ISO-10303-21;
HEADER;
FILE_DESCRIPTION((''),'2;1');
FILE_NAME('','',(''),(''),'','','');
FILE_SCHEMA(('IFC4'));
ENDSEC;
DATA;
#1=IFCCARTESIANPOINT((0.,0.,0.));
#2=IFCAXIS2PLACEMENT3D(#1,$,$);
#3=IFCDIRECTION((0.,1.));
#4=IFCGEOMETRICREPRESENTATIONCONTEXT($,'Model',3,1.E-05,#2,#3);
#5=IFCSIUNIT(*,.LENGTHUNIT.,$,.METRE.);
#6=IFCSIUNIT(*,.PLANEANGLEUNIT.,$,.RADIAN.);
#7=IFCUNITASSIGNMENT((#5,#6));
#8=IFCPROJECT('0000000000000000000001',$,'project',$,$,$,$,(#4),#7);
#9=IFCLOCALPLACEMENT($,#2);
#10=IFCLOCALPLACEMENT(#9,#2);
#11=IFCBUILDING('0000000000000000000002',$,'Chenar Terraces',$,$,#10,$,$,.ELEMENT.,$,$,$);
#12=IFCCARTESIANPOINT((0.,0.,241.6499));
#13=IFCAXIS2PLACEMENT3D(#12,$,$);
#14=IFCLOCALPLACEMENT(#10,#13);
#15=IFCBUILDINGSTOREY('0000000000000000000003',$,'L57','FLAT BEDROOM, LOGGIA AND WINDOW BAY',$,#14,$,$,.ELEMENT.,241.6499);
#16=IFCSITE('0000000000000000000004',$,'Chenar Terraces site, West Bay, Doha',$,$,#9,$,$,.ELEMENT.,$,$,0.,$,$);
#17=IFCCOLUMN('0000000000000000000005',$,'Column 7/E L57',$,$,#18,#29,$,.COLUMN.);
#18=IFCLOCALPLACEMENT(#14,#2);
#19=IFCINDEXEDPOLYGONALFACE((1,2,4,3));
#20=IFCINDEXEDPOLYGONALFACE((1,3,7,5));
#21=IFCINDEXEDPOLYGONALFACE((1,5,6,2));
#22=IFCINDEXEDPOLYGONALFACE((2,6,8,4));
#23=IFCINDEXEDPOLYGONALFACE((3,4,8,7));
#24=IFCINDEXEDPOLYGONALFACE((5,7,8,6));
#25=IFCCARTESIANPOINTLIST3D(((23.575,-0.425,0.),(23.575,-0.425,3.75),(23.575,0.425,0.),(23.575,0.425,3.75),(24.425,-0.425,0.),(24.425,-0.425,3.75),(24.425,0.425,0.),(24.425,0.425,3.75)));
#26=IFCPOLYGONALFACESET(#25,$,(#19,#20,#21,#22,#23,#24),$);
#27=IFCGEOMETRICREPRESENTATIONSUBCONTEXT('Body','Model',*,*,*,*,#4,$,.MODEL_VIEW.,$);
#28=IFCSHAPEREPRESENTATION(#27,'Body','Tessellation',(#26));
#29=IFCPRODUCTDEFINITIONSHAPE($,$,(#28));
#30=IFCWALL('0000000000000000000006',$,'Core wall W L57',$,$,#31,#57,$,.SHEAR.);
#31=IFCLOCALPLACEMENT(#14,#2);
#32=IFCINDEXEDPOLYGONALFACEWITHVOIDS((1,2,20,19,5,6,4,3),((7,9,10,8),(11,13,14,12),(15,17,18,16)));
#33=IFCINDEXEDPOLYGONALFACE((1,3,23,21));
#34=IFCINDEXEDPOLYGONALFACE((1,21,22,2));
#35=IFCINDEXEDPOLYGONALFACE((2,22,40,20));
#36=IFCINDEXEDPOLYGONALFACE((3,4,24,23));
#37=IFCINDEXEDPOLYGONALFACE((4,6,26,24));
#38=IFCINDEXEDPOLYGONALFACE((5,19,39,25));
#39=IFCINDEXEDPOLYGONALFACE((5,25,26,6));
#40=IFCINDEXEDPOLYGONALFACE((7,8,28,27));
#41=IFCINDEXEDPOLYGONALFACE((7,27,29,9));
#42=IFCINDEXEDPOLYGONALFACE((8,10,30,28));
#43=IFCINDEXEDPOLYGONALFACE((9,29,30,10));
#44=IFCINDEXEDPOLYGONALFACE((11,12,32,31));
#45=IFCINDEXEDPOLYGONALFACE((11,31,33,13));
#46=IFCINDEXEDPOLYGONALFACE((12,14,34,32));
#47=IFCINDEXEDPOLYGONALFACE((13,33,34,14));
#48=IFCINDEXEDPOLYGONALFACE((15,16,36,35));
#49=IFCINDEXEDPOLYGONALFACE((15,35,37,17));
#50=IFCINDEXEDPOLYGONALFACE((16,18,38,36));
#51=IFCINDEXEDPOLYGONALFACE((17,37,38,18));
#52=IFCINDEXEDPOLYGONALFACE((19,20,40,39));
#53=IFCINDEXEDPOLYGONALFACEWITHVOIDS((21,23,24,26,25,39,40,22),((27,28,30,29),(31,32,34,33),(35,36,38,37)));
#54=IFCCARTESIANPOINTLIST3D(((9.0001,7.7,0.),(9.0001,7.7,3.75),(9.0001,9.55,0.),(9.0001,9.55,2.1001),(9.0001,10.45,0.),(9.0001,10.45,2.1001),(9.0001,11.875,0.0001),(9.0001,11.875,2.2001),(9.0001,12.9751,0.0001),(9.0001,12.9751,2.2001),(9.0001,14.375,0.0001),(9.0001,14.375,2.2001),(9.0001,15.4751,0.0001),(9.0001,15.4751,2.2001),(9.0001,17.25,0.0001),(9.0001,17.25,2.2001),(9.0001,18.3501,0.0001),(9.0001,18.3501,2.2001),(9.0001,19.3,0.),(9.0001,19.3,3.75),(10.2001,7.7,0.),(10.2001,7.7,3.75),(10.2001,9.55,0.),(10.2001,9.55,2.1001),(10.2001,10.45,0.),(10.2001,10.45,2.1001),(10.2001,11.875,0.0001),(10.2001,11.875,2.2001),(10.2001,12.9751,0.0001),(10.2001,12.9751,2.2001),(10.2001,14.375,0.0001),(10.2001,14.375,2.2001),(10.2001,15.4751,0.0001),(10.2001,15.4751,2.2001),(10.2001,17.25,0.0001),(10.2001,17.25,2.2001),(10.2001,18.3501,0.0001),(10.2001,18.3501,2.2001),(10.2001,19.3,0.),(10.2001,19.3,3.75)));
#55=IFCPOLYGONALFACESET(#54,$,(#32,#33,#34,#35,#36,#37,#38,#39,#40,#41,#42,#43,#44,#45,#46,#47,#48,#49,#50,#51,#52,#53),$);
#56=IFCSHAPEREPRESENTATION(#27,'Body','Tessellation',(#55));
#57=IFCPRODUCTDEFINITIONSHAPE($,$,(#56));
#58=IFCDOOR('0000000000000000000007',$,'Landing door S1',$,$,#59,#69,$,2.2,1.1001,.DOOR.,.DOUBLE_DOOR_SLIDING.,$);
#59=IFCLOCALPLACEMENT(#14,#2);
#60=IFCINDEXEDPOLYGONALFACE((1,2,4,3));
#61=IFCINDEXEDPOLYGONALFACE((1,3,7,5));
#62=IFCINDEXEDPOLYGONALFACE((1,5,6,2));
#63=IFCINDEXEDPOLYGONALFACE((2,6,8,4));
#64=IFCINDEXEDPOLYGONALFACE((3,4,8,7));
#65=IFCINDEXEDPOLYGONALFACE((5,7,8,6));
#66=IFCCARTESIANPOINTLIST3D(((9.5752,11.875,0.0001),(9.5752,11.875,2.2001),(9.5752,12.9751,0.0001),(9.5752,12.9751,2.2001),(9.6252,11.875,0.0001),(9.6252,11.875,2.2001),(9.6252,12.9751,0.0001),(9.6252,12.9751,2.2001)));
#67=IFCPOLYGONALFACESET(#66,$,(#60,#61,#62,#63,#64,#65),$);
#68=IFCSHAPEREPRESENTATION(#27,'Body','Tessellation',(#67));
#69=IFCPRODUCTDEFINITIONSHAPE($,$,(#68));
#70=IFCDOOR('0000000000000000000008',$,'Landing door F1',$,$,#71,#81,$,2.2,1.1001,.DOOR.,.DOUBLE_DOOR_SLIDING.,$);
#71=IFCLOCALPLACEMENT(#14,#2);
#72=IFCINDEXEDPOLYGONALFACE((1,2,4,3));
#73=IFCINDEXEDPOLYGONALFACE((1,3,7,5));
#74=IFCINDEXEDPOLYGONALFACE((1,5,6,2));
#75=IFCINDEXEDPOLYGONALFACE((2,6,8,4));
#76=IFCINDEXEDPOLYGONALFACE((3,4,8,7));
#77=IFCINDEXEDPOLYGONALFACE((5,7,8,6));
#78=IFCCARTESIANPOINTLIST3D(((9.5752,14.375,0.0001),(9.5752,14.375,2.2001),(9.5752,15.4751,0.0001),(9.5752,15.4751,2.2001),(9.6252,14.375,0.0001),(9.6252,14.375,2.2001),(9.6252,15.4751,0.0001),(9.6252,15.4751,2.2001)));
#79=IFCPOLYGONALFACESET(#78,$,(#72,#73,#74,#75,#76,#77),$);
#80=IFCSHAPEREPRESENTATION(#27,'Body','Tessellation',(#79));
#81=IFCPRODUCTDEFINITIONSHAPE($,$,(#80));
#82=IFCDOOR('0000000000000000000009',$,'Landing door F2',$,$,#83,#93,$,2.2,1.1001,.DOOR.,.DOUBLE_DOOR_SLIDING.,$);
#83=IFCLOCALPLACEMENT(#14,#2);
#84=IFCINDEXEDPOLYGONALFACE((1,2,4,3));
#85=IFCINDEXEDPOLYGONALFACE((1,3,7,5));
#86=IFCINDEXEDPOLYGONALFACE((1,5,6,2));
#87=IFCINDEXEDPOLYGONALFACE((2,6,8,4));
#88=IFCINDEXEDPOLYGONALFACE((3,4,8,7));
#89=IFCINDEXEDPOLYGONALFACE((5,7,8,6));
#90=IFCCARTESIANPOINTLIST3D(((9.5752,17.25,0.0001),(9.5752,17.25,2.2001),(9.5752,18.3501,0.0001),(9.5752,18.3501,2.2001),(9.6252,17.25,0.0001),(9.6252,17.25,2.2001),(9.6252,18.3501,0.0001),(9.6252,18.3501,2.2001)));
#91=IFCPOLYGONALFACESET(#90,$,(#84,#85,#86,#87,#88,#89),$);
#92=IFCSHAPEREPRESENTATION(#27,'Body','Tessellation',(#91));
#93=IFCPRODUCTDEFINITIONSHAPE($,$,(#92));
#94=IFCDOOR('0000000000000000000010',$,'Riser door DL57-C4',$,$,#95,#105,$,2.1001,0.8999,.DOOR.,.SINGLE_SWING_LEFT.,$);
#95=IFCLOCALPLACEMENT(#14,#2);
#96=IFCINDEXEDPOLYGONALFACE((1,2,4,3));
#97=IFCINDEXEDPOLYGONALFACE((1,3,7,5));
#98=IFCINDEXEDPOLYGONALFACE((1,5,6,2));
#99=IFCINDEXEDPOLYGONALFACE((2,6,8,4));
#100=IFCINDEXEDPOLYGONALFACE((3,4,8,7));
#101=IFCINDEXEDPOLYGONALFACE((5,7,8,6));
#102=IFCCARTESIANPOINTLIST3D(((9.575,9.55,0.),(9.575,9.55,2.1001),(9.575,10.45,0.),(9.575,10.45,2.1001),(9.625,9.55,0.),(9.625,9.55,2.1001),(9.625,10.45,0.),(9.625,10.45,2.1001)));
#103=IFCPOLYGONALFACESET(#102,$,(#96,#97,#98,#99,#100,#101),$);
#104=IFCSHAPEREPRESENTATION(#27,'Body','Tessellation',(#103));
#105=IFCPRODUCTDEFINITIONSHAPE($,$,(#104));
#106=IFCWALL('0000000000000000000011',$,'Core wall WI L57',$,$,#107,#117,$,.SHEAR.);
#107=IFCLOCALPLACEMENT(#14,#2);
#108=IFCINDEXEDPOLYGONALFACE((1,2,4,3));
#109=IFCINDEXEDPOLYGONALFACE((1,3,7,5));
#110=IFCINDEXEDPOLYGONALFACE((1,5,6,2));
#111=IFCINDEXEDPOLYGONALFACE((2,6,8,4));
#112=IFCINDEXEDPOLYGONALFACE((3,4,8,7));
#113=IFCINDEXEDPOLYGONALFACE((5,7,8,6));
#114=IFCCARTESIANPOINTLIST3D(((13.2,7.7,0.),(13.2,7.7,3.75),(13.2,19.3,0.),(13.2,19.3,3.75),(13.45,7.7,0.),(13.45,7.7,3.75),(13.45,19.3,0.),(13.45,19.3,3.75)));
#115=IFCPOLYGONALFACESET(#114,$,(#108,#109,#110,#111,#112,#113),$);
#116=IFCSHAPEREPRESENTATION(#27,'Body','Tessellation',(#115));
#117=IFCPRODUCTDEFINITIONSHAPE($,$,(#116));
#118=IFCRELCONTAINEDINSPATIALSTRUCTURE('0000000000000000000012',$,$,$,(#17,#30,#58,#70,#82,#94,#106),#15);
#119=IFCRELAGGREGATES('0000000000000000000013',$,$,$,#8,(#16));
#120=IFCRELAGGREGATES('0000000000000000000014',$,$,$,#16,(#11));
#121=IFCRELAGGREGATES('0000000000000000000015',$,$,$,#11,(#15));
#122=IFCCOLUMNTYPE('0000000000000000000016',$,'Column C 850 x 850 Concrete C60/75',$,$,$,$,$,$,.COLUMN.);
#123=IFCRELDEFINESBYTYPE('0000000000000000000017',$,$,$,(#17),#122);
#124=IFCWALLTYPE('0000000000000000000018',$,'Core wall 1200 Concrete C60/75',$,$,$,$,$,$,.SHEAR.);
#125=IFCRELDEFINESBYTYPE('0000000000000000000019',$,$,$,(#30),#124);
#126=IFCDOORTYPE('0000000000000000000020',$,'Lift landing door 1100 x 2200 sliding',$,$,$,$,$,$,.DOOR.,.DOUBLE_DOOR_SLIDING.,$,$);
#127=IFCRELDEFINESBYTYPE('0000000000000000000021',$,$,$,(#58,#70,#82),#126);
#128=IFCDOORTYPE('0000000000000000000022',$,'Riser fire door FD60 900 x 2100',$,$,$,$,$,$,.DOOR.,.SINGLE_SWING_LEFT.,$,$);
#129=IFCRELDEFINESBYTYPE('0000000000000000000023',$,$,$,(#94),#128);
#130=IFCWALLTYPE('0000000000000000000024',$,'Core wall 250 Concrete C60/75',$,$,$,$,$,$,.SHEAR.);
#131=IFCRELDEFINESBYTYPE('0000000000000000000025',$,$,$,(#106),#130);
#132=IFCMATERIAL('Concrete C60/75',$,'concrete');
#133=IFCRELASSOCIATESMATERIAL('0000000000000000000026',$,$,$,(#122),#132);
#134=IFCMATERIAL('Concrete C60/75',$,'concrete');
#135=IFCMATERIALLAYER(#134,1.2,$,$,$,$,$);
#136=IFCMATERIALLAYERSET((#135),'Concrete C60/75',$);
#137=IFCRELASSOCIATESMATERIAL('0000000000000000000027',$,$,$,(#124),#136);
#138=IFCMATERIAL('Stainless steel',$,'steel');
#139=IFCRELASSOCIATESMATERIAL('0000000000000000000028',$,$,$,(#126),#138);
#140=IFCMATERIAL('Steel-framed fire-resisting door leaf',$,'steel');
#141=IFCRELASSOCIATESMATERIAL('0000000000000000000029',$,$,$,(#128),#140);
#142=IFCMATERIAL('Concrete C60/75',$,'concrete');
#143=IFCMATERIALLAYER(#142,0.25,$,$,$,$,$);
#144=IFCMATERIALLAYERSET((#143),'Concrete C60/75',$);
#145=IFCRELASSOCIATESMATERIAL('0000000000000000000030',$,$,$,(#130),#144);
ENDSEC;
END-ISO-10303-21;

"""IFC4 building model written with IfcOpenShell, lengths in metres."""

from ifc_helpers import new_model, si_unit, direction, frame, frame_2d, origin, origin_2d, place, context, subcontext, project, spatial, rectangle, extrude, material, layer, layer_set, material_profile, profile_set, type_object, element, fill, save


model = new_model("IFC4")

# Units and contexts
model_context = context("Model", 3, precision=1e-05, world=origin(), true_north=direction((0.0, 1.0)))
body_context = subcontext(model_context, "Body", "Model", "MODEL_VIEW")
ifc_project = project(units=[si_unit("LENGTHUNIT", "METRE"), si_unit("PLANEANGLEUNIT", "RADIAN")], contexts=[model_context])

# Site, building, storey
site_placement = place(None, origin())
site = spatial("IfcSite", under=ifc_project, at=site_placement, Name="Chenar Terraces site, West Bay, Doha", CompositionType="ELEMENT", RefElevation=0.0)
building_placement = place(site_placement, origin())
building = spatial("IfcBuilding", under=site, at=building_placement, Name="Chenar Terraces", CompositionType="ELEMENT")
storey_placement = place(building_placement, frame((0.0, 0.0, 241.6499)))
storey = spatial("IfcBuildingStorey", under=building, at=storey_placement, Name="L57", Description="FLAT BEDROOM, LOGGIA AND WINDOW BAY", CompositionType="ELEMENT", Elevation=241.6499)

# Column
ifc_material_1 = material(Name="Concrete C60/75", Category="concrete")
ifc_material_profile = material_profile(ifc_material_1, rectangle(XDim=0.8501, YDim=0.8501, at=origin_2d()), Name="C 850 x 850")
ifc_profile_set = profile_set([ifc_material_profile], Name="Concrete C60/75")
column_type = type_object("IfcColumnType", Name="Column C 850 x 850 Concrete C60/75", PredefinedType="COLUMN", material=ifc_profile_set)
column_placement = place(storey_placement, frame((24.0, 0.0, 0.0), z_axis=(0.0, 0.0, 1.0), x_axis=(1.0, 0.0, 0.0)))
element("IfcColumn", 1, at=column_placement, inside=storey, type_object=column_type, Name="Column 7/E L57", PredefinedType="COLUMN", context=body_context, shape_type="SweptSolid", body=[
    extrude(rectangle(XDim=0.8501, YDim=0.8501, at=origin_2d()), origin(), (0.0, 0.0, 1.0), 3.75),
])

# Wall, openings, doors
ifc_material_2 = material(Name="Concrete C60/75", Category="concrete")
ifc_layer_1 = layer(ifc_material_2, 1.2)
ifc_layer_set_1 = layer_set([ifc_layer_1], Name="Concrete C60/75")
wall_type_1 = type_object("IfcWallType", Name="Core wall 1200 Concrete C60/75", PredefinedType="SHEAR", material=ifc_layer_set_1)
wall_1_placement = place(storey_placement, frame((9.6001, 7.7, 0.0), z_axis=(0.0, 0.0, 1.0), x_axis=(0.0, 1.0, 0.0)))
wall_1 = element("IfcWall", 2, at=wall_1_placement, inside=storey, type_object=wall_type_1, Name="Core wall W L57", PredefinedType="SHEAR", context=body_context, shape_type="SweptSolid", body=[
    extrude(rectangle(XDim=11.6001, YDim=1.2, at=frame_2d((5.8, 0.0))), origin(), (0.0, 0.0, 1.0), 3.75),
])
opening_1_placement = place(wall_1_placement, frame((4.175, 0.0, 0.0)))
opening_1 = element("IfcOpeningElement", 3, at=opening_1_placement, cuts=wall_1, PredefinedType="OPENING", context=body_context, shape_type="SweptSolid", body=[
    extrude(rectangle(XDim=1.1001, YDim=2.2, at=frame_2d((0.55, 1.1001))), frame((0.0, 0.6099, 0.0), z_axis=(0.0, -1.0, 0.0), x_axis=(1.0, 0.0, 0.0)), (0.0, 0.0, 1.0), 1.22),
])
opening_2_placement = place(wall_1_placement, frame((6.675, 0.0, 0.0)))
opening_2 = element("IfcOpeningElement", 4, at=opening_2_placement, cuts=wall_1, PredefinedType="OPENING", context=body_context, shape_type="SweptSolid", body=[
    extrude(rectangle(XDim=1.1001, YDim=2.2, at=frame_2d((0.55, 1.1001))), frame((0.0, 0.6099, 0.0), z_axis=(0.0, -1.0, 0.0), x_axis=(1.0, 0.0, 0.0)), (0.0, 0.0, 1.0), 1.22),
])
opening_3_placement = place(wall_1_placement, frame((9.55, 0.0, 0.0)))
opening_3 = element("IfcOpeningElement", 5, at=opening_3_placement, cuts=wall_1, PredefinedType="OPENING", context=body_context, shape_type="SweptSolid", body=[
    extrude(rectangle(XDim=1.1001, YDim=2.2, at=frame_2d((0.55, 1.1001))), frame((0.0, 0.6099, 0.0), z_axis=(0.0, -1.0, 0.0), x_axis=(1.0, 0.0, 0.0)), (0.0, 0.0, 1.0), 1.22),
])
opening_4_placement = place(wall_1_placement, frame((1.8501, 0.0, 0.0)))
opening_4 = element("IfcOpeningElement", 6, at=opening_4_placement, cuts=wall_1, PredefinedType="OPENING", context=body_context, shape_type="SweptSolid", body=[
    extrude(rectangle(XDim=0.8999, YDim=2.1001, at=frame_2d((0.45, 1.05))), frame((0.0, 0.6099, 0.0), z_axis=(0.0, -1.0, 0.0), x_axis=(1.0, 0.0, 0.0)), (0.0, 0.0, 1.0), 1.22),
])
ifc_material_3 = material(Name="Stainless steel", Category="steel")
door_type_1 = type_object("IfcDoorType", Name="Lift landing door 1100 x 2200 sliding", OperationType="DOUBLE_DOOR_SLIDING", PredefinedType="DOOR", material=ifc_material_3)
door_1_placement = place(opening_1_placement, origin())
door_1 = element("IfcDoor", 7, at=door_1_placement, inside=storey, type_object=door_type_1, Name="Landing door S1", OperationType="DOUBLE_DOOR_SLIDING", OverallHeight=2.2, OverallWidth=1.1001, PredefinedType="DOOR", context=body_context, shape_type="SweptSolid", body=[
    extrude(rectangle(XDim=1.1001, YDim=2.2, at=frame_2d((0.55, 1.1001))), frame((0.0, 0.0249, 0.0), z_axis=(0.0, -1.0, 0.0), x_axis=(1.0, 0.0, 0.0)), (0.0, 0.0, 1.0), 0.05),
])
fill(opening_1, door_1)
door_2_placement = place(opening_2_placement, origin())
door_2 = element("IfcDoor", 8, at=door_2_placement, inside=storey, type_object=door_type_1, Name="Landing door F1", OperationType="DOUBLE_DOOR_SLIDING", OverallHeight=2.2, OverallWidth=1.1001, PredefinedType="DOOR", context=body_context, shape_type="SweptSolid", body=[
    extrude(rectangle(XDim=1.1001, YDim=2.2, at=frame_2d((0.55, 1.1001))), frame((0.0, 0.0249, 0.0), z_axis=(0.0, -1.0, 0.0), x_axis=(1.0, 0.0, 0.0)), (0.0, 0.0, 1.0), 0.05),
])
fill(opening_2, door_2)
door_3_placement = place(opening_3_placement, origin())
door_3 = element("IfcDoor", 9, at=door_3_placement, inside=storey, type_object=door_type_1, Name="Landing door F2", OperationType="DOUBLE_DOOR_SLIDING", OverallHeight=2.2, OverallWidth=1.1001, PredefinedType="DOOR", context=body_context, shape_type="SweptSolid", body=[
    extrude(rectangle(XDim=1.1001, YDim=2.2, at=frame_2d((0.55, 1.1001))), frame((0.0, 0.0249, 0.0), z_axis=(0.0, -1.0, 0.0), x_axis=(1.0, 0.0, 0.0)), (0.0, 0.0, 1.0), 0.05),
])
fill(opening_3, door_3)
ifc_material_4 = material(Name="Steel-framed fire-resisting door leaf", Category="steel")
door_type_2 = type_object("IfcDoorType", Name="Riser fire door FD60 900 x 2100", OperationType="SINGLE_SWING_LEFT", PredefinedType="DOOR", material=ifc_material_4)
door_4_placement = place(opening_4_placement, frame((0.8999, 0.0, 0.0), z_axis=(0.0, 0.0, 1.0), x_axis=(-1.0, 0.0, 0.0)))
door_4 = element("IfcDoor", 10, at=door_4_placement, inside=storey, type_object=door_type_2, Name="Riser door DL57-C4", OperationType="SINGLE_SWING_LEFT", OverallHeight=2.1001, OverallWidth=0.8999, PredefinedType="DOOR", context=body_context, shape_type="SweptSolid", body=[
    extrude(rectangle(XDim=0.8999, YDim=2.1001, at=frame_2d((0.45, 1.05))), frame((0.0, 0.0249, 0.0), z_axis=(0.0, -1.0, 0.0), x_axis=(1.0, 0.0, 0.0)), (0.0, 0.0, 1.0), 0.05),
])
fill(opening_4, door_4)

# Wall
ifc_material_5 = material(Name="Concrete C60/75", Category="concrete")
ifc_layer_2 = layer(ifc_material_5, 0.25)
ifc_layer_set_2 = layer_set([ifc_layer_2], Name="Concrete C60/75")
wall_type_2 = type_object("IfcWallType", Name="Core wall 250 Concrete C60/75", PredefinedType="SHEAR", material=ifc_layer_set_2)
wall_2_placement = place(storey_placement, frame((13.325, 7.7, 0.0), z_axis=(0.0, 0.0, 1.0), x_axis=(0.0, 1.0, 0.0)))
element("IfcWall", 11, at=wall_2_placement, inside=storey, type_object=wall_type_2, Name="Core wall WI L57", PredefinedType="SHEAR", context=body_context, shape_type="SweptSolid", body=[
    extrude(rectangle(XDim=11.6001, YDim=0.25, at=frame_2d((5.8, 0.0))), origin(), (0.0, 0.0, 1.0), 3.75),
])

save(model, "model.ifc")
